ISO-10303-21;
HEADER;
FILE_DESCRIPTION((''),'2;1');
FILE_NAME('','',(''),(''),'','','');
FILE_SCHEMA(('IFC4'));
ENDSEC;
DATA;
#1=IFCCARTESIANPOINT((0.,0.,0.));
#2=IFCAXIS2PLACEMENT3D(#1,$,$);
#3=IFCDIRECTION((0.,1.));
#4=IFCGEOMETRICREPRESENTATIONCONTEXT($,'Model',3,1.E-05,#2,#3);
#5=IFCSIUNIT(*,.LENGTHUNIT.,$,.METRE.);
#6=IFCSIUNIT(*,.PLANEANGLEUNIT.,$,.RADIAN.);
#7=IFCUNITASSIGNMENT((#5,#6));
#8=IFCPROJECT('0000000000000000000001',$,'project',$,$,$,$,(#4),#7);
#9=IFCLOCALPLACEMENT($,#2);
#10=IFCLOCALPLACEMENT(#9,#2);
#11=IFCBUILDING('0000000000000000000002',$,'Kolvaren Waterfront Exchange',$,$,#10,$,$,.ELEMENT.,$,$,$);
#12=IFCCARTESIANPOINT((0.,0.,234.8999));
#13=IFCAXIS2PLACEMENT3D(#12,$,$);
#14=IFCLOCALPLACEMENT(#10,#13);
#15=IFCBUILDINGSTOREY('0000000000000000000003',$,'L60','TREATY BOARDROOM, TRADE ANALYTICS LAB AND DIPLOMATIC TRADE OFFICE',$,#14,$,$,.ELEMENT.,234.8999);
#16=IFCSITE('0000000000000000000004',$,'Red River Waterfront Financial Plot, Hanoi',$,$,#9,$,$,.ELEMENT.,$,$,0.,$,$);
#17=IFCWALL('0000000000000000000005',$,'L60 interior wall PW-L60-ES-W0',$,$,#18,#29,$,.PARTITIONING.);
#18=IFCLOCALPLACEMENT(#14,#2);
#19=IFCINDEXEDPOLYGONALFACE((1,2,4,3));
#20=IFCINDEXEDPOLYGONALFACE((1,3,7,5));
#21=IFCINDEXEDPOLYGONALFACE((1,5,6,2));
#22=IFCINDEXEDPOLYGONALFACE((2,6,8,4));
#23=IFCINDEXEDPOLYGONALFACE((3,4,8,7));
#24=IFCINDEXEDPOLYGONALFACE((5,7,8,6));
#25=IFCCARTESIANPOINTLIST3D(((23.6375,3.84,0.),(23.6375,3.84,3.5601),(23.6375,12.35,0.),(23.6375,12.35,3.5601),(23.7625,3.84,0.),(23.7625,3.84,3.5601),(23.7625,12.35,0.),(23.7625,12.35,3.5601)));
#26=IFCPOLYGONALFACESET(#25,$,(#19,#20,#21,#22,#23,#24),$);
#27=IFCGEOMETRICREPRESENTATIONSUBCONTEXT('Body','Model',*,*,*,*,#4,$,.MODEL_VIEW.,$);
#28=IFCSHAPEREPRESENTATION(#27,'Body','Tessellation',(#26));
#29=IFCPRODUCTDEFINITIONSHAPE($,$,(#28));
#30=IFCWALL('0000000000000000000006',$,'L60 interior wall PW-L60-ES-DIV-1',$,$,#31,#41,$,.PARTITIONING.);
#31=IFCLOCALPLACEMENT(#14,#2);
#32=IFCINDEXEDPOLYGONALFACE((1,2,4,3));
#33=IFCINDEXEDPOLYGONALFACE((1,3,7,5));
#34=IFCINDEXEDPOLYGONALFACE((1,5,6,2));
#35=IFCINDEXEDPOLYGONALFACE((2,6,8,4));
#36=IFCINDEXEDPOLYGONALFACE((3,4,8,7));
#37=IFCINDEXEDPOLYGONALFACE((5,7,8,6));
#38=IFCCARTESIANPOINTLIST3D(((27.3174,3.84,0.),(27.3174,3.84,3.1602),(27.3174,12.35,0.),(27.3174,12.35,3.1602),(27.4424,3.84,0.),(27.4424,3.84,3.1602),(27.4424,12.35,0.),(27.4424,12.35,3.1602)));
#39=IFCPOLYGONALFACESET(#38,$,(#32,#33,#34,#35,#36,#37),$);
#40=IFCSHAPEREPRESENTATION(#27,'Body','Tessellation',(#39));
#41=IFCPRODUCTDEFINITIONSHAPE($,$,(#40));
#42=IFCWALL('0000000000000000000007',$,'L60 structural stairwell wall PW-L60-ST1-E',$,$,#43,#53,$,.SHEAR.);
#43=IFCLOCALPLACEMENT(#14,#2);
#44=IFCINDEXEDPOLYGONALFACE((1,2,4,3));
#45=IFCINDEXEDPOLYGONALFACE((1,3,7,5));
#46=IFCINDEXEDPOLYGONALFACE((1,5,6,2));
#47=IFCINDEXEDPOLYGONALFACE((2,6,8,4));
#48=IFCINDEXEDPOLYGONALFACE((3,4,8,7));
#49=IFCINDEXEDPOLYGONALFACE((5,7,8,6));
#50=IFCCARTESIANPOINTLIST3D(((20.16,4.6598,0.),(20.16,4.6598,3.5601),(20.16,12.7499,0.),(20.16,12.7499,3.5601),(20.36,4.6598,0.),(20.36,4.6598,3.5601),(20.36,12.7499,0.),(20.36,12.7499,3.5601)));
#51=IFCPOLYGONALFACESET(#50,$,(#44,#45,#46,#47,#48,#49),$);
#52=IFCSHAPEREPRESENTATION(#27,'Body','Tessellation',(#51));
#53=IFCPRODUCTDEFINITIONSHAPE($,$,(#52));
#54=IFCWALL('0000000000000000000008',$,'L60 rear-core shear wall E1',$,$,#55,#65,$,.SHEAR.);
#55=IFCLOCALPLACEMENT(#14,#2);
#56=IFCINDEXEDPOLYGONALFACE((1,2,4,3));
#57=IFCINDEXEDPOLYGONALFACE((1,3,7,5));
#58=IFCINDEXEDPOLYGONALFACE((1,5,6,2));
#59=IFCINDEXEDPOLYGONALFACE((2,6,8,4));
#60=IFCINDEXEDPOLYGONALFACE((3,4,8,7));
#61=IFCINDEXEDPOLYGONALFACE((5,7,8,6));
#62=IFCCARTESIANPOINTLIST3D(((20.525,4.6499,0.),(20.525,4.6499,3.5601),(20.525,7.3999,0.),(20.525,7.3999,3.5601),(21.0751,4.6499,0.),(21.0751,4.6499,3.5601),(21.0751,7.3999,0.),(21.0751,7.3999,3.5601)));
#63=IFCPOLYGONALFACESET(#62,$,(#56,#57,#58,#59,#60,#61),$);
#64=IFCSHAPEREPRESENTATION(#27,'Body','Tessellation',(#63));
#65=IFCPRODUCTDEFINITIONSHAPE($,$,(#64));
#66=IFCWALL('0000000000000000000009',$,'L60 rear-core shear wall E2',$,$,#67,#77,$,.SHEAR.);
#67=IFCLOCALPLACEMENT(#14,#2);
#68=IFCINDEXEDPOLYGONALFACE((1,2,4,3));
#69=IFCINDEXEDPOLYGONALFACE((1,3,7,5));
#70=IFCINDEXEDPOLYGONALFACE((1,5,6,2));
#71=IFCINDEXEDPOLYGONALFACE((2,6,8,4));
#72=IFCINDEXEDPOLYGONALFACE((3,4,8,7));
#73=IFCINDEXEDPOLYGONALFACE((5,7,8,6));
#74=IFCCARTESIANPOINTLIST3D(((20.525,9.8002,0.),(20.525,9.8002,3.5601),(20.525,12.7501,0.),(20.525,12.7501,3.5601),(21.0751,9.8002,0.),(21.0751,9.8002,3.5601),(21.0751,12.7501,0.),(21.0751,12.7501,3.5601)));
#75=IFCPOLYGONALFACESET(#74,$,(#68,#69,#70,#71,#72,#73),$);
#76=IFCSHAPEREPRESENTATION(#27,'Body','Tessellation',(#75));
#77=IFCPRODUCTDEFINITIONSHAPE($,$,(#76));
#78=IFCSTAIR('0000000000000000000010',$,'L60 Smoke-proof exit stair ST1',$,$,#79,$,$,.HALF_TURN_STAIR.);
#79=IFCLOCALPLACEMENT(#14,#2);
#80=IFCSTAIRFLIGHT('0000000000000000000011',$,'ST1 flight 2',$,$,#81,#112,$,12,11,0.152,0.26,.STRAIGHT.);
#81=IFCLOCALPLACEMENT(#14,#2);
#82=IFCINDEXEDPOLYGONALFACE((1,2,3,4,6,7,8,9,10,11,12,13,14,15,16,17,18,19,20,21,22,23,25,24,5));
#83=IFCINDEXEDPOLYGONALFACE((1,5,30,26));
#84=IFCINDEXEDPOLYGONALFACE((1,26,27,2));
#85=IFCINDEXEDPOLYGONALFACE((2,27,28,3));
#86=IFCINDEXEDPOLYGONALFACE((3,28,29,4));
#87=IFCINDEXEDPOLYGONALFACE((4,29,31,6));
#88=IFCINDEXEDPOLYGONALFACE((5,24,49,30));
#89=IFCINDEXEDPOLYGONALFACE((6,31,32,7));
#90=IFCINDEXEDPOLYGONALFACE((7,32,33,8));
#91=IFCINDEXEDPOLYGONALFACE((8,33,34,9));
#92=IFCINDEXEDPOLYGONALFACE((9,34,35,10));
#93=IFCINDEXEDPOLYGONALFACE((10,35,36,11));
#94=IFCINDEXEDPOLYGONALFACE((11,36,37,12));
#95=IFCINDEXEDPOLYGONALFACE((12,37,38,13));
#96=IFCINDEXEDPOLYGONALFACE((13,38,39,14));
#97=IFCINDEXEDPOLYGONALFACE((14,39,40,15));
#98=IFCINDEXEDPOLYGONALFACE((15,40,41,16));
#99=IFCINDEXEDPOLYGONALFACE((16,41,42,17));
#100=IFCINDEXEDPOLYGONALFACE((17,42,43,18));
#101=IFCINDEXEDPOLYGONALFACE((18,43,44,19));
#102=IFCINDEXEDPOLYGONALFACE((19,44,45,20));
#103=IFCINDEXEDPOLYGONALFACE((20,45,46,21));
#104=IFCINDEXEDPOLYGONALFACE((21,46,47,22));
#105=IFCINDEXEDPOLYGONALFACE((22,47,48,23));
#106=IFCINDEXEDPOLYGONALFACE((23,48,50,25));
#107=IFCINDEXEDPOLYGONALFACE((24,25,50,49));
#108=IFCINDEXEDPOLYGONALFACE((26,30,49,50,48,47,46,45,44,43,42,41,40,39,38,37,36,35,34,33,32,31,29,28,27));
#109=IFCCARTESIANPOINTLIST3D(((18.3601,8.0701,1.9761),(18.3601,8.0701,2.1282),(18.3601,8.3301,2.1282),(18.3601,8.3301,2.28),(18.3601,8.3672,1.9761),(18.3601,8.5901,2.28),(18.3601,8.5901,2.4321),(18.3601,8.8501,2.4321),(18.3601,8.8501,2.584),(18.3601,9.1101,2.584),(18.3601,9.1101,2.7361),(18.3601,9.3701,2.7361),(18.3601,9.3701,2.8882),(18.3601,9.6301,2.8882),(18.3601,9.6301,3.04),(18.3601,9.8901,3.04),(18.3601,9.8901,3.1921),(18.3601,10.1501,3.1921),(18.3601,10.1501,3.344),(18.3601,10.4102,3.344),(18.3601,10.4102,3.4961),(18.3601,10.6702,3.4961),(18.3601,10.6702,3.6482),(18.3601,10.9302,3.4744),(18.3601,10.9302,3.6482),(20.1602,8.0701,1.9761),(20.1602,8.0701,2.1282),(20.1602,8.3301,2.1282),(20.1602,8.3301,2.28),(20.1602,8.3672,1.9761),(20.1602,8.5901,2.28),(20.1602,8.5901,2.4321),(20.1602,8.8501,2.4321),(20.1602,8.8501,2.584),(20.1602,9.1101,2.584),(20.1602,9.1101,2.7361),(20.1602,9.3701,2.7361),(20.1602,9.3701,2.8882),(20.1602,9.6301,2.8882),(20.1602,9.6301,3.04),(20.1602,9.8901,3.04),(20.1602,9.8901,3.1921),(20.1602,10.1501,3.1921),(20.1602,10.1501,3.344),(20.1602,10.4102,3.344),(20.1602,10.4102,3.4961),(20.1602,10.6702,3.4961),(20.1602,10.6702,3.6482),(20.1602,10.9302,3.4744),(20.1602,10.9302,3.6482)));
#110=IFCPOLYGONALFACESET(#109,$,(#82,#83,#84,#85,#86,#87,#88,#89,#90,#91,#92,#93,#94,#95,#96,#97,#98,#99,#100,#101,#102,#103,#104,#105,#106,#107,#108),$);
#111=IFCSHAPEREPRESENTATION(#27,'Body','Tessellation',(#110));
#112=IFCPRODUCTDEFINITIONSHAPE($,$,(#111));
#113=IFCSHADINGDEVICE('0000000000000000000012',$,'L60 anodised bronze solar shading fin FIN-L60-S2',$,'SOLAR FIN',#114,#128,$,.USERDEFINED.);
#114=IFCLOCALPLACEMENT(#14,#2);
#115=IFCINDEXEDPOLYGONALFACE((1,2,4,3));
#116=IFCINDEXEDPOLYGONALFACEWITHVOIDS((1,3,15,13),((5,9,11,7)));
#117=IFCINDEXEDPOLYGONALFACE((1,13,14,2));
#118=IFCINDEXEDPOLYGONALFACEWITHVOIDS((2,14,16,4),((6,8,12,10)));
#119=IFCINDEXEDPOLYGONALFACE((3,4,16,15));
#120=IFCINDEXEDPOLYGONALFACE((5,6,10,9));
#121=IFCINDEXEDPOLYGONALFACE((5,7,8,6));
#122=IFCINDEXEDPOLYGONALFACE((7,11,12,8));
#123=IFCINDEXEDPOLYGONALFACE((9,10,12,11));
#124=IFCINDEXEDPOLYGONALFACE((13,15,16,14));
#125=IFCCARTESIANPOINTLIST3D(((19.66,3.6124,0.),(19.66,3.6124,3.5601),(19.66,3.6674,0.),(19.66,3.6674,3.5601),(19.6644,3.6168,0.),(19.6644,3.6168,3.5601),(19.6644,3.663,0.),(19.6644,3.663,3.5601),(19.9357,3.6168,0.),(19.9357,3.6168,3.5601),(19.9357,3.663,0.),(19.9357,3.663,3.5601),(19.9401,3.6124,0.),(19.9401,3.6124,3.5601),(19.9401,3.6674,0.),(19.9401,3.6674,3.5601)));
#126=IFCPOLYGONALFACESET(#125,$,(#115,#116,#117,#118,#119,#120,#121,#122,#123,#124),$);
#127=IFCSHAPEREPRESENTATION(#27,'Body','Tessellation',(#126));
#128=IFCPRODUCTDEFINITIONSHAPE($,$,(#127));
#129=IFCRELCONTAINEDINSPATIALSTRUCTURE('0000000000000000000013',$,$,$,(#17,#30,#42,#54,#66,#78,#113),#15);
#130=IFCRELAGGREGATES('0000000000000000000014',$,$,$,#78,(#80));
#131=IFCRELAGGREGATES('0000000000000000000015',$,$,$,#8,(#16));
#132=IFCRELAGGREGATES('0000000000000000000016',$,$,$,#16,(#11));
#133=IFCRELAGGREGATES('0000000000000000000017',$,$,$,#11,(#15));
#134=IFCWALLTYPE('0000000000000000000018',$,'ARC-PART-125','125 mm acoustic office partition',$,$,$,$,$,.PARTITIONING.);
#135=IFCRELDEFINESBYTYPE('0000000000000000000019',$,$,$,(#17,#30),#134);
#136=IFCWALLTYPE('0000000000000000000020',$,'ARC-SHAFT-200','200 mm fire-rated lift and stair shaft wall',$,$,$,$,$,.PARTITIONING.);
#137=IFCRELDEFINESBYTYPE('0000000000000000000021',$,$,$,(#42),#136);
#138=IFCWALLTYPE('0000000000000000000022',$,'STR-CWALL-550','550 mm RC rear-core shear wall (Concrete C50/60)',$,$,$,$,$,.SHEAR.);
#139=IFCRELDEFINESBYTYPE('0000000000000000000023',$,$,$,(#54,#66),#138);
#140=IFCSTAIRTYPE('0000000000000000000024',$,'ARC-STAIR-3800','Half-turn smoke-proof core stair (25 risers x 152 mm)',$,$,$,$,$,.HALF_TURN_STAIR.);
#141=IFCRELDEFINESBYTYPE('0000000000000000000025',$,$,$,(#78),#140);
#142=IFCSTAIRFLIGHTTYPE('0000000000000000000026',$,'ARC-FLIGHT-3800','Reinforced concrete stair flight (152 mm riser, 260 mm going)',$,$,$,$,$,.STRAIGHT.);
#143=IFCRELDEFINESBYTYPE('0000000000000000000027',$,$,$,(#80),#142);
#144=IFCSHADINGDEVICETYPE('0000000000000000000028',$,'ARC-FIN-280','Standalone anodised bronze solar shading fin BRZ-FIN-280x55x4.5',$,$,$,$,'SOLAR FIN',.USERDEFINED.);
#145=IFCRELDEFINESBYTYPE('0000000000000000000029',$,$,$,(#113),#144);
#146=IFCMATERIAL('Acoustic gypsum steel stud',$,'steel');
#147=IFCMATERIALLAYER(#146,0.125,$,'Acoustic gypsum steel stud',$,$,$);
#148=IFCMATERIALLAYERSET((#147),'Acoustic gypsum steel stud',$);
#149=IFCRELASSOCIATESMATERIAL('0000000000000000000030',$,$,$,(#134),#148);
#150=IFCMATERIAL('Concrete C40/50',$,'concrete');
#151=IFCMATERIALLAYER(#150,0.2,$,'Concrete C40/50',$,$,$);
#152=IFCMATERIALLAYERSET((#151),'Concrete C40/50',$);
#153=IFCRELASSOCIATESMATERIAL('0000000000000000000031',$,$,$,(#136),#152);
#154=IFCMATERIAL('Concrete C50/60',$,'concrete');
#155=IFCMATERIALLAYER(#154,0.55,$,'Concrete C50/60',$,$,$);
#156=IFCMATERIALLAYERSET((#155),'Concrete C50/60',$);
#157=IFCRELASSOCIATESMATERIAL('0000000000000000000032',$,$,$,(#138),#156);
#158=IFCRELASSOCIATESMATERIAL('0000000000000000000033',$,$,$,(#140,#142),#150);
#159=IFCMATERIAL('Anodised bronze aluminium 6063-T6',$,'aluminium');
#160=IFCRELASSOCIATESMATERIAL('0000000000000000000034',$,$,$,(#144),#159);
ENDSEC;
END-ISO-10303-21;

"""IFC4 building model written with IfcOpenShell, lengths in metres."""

from ifc_helpers import new_model, si_unit, direction, frame, frame_2d, origin, origin_2d, place, context, subcontext, project, spatial, polyline, rectangle, hollow_rectangle, outline, extrude, material, layer, layer_set, material_profile, profile_set, type_object, element, aggregate, save


model = new_model("IFC4")

# Units and contexts
model_context = context("Model", 3, precision=1e-05, world=origin(), true_north=direction((0.0, 1.0)))
body_context = subcontext(model_context, "Body", "Model", "MODEL_VIEW")
ifc_project = project(units=[si_unit("LENGTHUNIT", "METRE"), si_unit("PLANEANGLEUNIT", "RADIAN")], contexts=[model_context])

# Site, building, storey
site_placement = place(None, origin())
site = spatial("IfcSite", under=ifc_project, at=site_placement, Name="Red River Waterfront Financial Plot, Hanoi", CompositionType="ELEMENT", RefElevation=0.0)
building_placement = place(site_placement, origin())
building = spatial("IfcBuilding", under=site, at=building_placement, Name="Kolvaren Waterfront Exchange", CompositionType="ELEMENT")
storey_placement = place(building_placement, frame((0.0, 0.0, 234.8999)))
storey = spatial("IfcBuildingStorey", under=building, at=storey_placement, Name="L60", Description="TREATY BOARDROOM, TRADE ANALYTICS LAB AND DIPLOMATIC TRADE OFFICE", CompositionType="ELEMENT", Elevation=234.8999)

# Shared definitions
ifc_material_1 = material(Name="Concrete C50/60", Category="concrete")

# Shared definitions
ifc_material_2 = material(Name="Anodised bronze aluminium 6063-T6", Category="aluminium")

# Shared definitions
ifc_material_3 = material(Name="Acoustic gypsum steel stud", Category="steel")
ifc_layer_1 = layer(ifc_material_3, 0.125, Name="Acoustic gypsum steel stud")
ifc_layer_set_1 = layer_set([ifc_layer_1], Name="Acoustic gypsum steel stud")
wall_type_1 = type_object("IfcWallType", Name="ARC-PART-125", Description="125 mm acoustic office partition", PredefinedType="PARTITIONING", material=ifc_layer_set_1)

# Walls
wall_1_placement = place(storey_placement, frame((23.7, 3.8401, 0.0), z_axis=(0.0, 0.0, 1.0), x_axis=(0.0, 1.0, 0.0)))
element("IfcWall", 1, at=wall_1_placement, inside=storey, type_object=wall_type_1, Name="L60 interior wall PW-L60-ES-W0", PredefinedType="PARTITIONING", context=body_context, shape_type="SweptSolid", body=[
    extrude(rectangle(XDim=8.51, YDim=0.125, at=frame_2d((4.2549, 0.0))), origin(), (0.0, 0.0, 1.0), 3.5601),
])
wall_2_placement = place(storey_placement, frame((27.3799, 3.8401, 0.0), z_axis=(0.0, 0.0, 1.0), x_axis=(0.0, 1.0, 0.0)))
element("IfcWall", 2, at=wall_2_placement, inside=storey, type_object=wall_type_1, Name="L60 interior wall PW-L60-ES-DIV-1", PredefinedType="PARTITIONING", context=body_context, shape_type="SweptSolid", body=[
    extrude(rectangle(XDim=8.51, YDim=0.125, at=frame_2d((4.2549, 0.0))), origin(), (0.0, 0.0, 1.0), 3.1602),
])
ifc_material_4 = material(Name="Concrete C40/50", Category="concrete")
ifc_layer_2 = layer(ifc_material_4, 0.2, Name="Concrete C40/50")
ifc_layer_set_2 = layer_set([ifc_layer_2], Name="Concrete C40/50")
wall_type_2 = type_object("IfcWallType", Name="ARC-SHAFT-200", Description="200 mm fire-rated lift and stair shaft wall", PredefinedType="PARTITIONING", material=ifc_layer_set_2)
wall_3_placement = place(storey_placement, frame((20.26, 4.6599, 0.0), z_axis=(0.0, 0.0, 1.0), x_axis=(0.0, 1.0, 0.0)))
element("IfcWall", 3, at=wall_3_placement, inside=storey, type_object=wall_type_2, Name="L60 structural stairwell wall PW-L60-ST1-E", PredefinedType="SHEAR", context=body_context, shape_type="SweptSolid", body=[
    extrude(rectangle(XDim=8.0901, YDim=0.2, at=frame_2d((4.0449, 0.0))), origin(), (0.0, 0.0, 1.0), 3.5601),
])
ifc_layer_3 = layer(ifc_material_1, 0.55, Name="Concrete C50/60")
ifc_layer_set_3 = layer_set([ifc_layer_3], Name="Concrete C50/60")
wall_type_3 = type_object("IfcWallType", Name="STR-CWALL-550", Description="550 mm RC rear-core shear wall (Concrete C50/60)", PredefinedType="SHEAR", material=ifc_layer_set_3)
wall_4_placement = place(storey_placement, frame((20.8, 4.6499, 0.0), z_axis=(0.0, 0.0, 1.0), x_axis=(0.0, 1.0, 0.0)))
element("IfcWall", 4, at=wall_4_placement, inside=storey, type_object=wall_type_3, Name="L60 rear-core shear wall E1", PredefinedType="SHEAR", context=body_context, shape_type="SweptSolid", body=[
    extrude(rectangle(XDim=2.75, YDim=0.55, at=frame_2d((1.375, 0.0))), origin(), (0.0, 0.0, 1.0), 3.5601),
])
wall_5_placement = place(storey_placement, frame((20.8, 9.8, 0.0), z_axis=(0.0, 0.0, 1.0), x_axis=(0.0, 1.0, 0.0)))
element("IfcWall", 5, at=wall_5_placement, inside=storey, type_object=wall_type_3, Name="L60 rear-core shear wall E2", PredefinedType="SHEAR", context=body_context, shape_type="SweptSolid", body=[
    extrude(rectangle(XDim=2.95, YDim=0.55, at=frame_2d((1.4751, 0.0))), origin(), (0.0, 0.0, 1.0), 3.5601),
])

# Stair, stair flight
stair_type = type_object("IfcStairType", Name="ARC-STAIR-3800", Description="Half-turn smoke-proof core stair (25 risers x 152 mm)", PredefinedType="HALF_TURN_STAIR", material=ifc_material_4)
stair_placement = place(storey_placement, origin())
stair = element("IfcStair", 6, at=stair_placement, inside=storey, type_object=stair_type, Name="L60 Smoke-proof exit stair ST1", PredefinedType="HALF_TURN_STAIR")
stair_flight_type = type_object("IfcStairFlightType", Name="ARC-FLIGHT-3800", Description="Reinforced concrete stair flight (152 mm riser, 260 mm going)", PredefinedType="STRAIGHT", material=ifc_material_4)
stair_flight_placement = place(storey_placement, frame((19.26, 8.0701, 1.9761), z_axis=(0.0, 0.0, 1.0), x_axis=(0.0, 1.0, 0.0)))
stair_flight = element("IfcStairFlight", 7, at=stair_flight_placement, type_object=stair_flight_type, Name="ST1 flight 2", NumberOfRisers=12, NumberOfTreads=11, PredefinedType="STRAIGHT", RiserHeight=0.152, TreadLength=0.26, context=body_context, shape_type="SweptSolid", body=[
    extrude(outline(polyline([(0.0, 0.0), (0.0, 0.1521), (0.26, 0.1521), (0.26, 0.304), (0.52, 0.304), (0.52, 0.4561), (0.78, 0.4561), (0.78, 0.6079), (1.04, 0.6079), (1.04, 0.76), (1.3, 0.76), (1.3, 0.9121), (1.5601, 0.9121), (1.5601, 1.064), (1.8201, 1.064), (1.8201, 1.2161), (2.0801, 1.2161), (2.0801, 1.3679), (2.3401, 1.3679), (2.3401, 1.52), (2.6001, 1.52), (2.6001, 1.6721), (2.8601, 1.6721), (2.8601, 1.824), (2.8601, 1.4983), (0.2971, 0.0), (0.0, 0.0)])), frame((0.0, 0.8999, 0.0), z_axis=(0.0, -1.0, 0.0), x_axis=(1.0, 0.0, 0.0)), (0.0, 0.0, 1.0), 1.8),
])
aggregate(stair, [stair_flight])

# Shading device
ifc_material_profile_1 = material_profile(ifc_material_2, hollow_rectangle(XDim=0.0549, YDim=0.28, WallThickness=0.0044, at=origin_2d()), Name="BRZ-FIN-280x55x4.5")
ifc_profile_set_1 = profile_set([ifc_material_profile_1], Name="Anodised bronze aluminium 6063-T6")
shading_device_type = type_object("IfcShadingDeviceType", Name="ARC-FIN-280", Description="Standalone anodised bronze solar shading fin BRZ-FIN-280x55x4.5", ElementType="SOLAR FIN", PredefinedType="USERDEFINED", material=ifc_profile_set_1)
shading_device_placement = place(storey_placement, frame((19.8, 3.6399, 0.0), z_axis=(0.0, 0.0, 1.0), x_axis=(0.0, -1.0, 0.0)))
element("IfcShadingDevice", 8, at=shading_device_placement, inside=storey, type_object=shading_device_type, Name="L60 anodised bronze solar shading fin FIN-L60-S2", ObjectType="SOLAR FIN", PredefinedType="USERDEFINED", context=body_context, shape_type="SweptSolid", body=[
    extrude(hollow_rectangle(XDim=0.0549, YDim=0.28, WallThickness=0.0044, at=origin_2d()), origin(), (0.0, 0.0, 1.0), 3.5601),
])

save(model, "model.ifc")
